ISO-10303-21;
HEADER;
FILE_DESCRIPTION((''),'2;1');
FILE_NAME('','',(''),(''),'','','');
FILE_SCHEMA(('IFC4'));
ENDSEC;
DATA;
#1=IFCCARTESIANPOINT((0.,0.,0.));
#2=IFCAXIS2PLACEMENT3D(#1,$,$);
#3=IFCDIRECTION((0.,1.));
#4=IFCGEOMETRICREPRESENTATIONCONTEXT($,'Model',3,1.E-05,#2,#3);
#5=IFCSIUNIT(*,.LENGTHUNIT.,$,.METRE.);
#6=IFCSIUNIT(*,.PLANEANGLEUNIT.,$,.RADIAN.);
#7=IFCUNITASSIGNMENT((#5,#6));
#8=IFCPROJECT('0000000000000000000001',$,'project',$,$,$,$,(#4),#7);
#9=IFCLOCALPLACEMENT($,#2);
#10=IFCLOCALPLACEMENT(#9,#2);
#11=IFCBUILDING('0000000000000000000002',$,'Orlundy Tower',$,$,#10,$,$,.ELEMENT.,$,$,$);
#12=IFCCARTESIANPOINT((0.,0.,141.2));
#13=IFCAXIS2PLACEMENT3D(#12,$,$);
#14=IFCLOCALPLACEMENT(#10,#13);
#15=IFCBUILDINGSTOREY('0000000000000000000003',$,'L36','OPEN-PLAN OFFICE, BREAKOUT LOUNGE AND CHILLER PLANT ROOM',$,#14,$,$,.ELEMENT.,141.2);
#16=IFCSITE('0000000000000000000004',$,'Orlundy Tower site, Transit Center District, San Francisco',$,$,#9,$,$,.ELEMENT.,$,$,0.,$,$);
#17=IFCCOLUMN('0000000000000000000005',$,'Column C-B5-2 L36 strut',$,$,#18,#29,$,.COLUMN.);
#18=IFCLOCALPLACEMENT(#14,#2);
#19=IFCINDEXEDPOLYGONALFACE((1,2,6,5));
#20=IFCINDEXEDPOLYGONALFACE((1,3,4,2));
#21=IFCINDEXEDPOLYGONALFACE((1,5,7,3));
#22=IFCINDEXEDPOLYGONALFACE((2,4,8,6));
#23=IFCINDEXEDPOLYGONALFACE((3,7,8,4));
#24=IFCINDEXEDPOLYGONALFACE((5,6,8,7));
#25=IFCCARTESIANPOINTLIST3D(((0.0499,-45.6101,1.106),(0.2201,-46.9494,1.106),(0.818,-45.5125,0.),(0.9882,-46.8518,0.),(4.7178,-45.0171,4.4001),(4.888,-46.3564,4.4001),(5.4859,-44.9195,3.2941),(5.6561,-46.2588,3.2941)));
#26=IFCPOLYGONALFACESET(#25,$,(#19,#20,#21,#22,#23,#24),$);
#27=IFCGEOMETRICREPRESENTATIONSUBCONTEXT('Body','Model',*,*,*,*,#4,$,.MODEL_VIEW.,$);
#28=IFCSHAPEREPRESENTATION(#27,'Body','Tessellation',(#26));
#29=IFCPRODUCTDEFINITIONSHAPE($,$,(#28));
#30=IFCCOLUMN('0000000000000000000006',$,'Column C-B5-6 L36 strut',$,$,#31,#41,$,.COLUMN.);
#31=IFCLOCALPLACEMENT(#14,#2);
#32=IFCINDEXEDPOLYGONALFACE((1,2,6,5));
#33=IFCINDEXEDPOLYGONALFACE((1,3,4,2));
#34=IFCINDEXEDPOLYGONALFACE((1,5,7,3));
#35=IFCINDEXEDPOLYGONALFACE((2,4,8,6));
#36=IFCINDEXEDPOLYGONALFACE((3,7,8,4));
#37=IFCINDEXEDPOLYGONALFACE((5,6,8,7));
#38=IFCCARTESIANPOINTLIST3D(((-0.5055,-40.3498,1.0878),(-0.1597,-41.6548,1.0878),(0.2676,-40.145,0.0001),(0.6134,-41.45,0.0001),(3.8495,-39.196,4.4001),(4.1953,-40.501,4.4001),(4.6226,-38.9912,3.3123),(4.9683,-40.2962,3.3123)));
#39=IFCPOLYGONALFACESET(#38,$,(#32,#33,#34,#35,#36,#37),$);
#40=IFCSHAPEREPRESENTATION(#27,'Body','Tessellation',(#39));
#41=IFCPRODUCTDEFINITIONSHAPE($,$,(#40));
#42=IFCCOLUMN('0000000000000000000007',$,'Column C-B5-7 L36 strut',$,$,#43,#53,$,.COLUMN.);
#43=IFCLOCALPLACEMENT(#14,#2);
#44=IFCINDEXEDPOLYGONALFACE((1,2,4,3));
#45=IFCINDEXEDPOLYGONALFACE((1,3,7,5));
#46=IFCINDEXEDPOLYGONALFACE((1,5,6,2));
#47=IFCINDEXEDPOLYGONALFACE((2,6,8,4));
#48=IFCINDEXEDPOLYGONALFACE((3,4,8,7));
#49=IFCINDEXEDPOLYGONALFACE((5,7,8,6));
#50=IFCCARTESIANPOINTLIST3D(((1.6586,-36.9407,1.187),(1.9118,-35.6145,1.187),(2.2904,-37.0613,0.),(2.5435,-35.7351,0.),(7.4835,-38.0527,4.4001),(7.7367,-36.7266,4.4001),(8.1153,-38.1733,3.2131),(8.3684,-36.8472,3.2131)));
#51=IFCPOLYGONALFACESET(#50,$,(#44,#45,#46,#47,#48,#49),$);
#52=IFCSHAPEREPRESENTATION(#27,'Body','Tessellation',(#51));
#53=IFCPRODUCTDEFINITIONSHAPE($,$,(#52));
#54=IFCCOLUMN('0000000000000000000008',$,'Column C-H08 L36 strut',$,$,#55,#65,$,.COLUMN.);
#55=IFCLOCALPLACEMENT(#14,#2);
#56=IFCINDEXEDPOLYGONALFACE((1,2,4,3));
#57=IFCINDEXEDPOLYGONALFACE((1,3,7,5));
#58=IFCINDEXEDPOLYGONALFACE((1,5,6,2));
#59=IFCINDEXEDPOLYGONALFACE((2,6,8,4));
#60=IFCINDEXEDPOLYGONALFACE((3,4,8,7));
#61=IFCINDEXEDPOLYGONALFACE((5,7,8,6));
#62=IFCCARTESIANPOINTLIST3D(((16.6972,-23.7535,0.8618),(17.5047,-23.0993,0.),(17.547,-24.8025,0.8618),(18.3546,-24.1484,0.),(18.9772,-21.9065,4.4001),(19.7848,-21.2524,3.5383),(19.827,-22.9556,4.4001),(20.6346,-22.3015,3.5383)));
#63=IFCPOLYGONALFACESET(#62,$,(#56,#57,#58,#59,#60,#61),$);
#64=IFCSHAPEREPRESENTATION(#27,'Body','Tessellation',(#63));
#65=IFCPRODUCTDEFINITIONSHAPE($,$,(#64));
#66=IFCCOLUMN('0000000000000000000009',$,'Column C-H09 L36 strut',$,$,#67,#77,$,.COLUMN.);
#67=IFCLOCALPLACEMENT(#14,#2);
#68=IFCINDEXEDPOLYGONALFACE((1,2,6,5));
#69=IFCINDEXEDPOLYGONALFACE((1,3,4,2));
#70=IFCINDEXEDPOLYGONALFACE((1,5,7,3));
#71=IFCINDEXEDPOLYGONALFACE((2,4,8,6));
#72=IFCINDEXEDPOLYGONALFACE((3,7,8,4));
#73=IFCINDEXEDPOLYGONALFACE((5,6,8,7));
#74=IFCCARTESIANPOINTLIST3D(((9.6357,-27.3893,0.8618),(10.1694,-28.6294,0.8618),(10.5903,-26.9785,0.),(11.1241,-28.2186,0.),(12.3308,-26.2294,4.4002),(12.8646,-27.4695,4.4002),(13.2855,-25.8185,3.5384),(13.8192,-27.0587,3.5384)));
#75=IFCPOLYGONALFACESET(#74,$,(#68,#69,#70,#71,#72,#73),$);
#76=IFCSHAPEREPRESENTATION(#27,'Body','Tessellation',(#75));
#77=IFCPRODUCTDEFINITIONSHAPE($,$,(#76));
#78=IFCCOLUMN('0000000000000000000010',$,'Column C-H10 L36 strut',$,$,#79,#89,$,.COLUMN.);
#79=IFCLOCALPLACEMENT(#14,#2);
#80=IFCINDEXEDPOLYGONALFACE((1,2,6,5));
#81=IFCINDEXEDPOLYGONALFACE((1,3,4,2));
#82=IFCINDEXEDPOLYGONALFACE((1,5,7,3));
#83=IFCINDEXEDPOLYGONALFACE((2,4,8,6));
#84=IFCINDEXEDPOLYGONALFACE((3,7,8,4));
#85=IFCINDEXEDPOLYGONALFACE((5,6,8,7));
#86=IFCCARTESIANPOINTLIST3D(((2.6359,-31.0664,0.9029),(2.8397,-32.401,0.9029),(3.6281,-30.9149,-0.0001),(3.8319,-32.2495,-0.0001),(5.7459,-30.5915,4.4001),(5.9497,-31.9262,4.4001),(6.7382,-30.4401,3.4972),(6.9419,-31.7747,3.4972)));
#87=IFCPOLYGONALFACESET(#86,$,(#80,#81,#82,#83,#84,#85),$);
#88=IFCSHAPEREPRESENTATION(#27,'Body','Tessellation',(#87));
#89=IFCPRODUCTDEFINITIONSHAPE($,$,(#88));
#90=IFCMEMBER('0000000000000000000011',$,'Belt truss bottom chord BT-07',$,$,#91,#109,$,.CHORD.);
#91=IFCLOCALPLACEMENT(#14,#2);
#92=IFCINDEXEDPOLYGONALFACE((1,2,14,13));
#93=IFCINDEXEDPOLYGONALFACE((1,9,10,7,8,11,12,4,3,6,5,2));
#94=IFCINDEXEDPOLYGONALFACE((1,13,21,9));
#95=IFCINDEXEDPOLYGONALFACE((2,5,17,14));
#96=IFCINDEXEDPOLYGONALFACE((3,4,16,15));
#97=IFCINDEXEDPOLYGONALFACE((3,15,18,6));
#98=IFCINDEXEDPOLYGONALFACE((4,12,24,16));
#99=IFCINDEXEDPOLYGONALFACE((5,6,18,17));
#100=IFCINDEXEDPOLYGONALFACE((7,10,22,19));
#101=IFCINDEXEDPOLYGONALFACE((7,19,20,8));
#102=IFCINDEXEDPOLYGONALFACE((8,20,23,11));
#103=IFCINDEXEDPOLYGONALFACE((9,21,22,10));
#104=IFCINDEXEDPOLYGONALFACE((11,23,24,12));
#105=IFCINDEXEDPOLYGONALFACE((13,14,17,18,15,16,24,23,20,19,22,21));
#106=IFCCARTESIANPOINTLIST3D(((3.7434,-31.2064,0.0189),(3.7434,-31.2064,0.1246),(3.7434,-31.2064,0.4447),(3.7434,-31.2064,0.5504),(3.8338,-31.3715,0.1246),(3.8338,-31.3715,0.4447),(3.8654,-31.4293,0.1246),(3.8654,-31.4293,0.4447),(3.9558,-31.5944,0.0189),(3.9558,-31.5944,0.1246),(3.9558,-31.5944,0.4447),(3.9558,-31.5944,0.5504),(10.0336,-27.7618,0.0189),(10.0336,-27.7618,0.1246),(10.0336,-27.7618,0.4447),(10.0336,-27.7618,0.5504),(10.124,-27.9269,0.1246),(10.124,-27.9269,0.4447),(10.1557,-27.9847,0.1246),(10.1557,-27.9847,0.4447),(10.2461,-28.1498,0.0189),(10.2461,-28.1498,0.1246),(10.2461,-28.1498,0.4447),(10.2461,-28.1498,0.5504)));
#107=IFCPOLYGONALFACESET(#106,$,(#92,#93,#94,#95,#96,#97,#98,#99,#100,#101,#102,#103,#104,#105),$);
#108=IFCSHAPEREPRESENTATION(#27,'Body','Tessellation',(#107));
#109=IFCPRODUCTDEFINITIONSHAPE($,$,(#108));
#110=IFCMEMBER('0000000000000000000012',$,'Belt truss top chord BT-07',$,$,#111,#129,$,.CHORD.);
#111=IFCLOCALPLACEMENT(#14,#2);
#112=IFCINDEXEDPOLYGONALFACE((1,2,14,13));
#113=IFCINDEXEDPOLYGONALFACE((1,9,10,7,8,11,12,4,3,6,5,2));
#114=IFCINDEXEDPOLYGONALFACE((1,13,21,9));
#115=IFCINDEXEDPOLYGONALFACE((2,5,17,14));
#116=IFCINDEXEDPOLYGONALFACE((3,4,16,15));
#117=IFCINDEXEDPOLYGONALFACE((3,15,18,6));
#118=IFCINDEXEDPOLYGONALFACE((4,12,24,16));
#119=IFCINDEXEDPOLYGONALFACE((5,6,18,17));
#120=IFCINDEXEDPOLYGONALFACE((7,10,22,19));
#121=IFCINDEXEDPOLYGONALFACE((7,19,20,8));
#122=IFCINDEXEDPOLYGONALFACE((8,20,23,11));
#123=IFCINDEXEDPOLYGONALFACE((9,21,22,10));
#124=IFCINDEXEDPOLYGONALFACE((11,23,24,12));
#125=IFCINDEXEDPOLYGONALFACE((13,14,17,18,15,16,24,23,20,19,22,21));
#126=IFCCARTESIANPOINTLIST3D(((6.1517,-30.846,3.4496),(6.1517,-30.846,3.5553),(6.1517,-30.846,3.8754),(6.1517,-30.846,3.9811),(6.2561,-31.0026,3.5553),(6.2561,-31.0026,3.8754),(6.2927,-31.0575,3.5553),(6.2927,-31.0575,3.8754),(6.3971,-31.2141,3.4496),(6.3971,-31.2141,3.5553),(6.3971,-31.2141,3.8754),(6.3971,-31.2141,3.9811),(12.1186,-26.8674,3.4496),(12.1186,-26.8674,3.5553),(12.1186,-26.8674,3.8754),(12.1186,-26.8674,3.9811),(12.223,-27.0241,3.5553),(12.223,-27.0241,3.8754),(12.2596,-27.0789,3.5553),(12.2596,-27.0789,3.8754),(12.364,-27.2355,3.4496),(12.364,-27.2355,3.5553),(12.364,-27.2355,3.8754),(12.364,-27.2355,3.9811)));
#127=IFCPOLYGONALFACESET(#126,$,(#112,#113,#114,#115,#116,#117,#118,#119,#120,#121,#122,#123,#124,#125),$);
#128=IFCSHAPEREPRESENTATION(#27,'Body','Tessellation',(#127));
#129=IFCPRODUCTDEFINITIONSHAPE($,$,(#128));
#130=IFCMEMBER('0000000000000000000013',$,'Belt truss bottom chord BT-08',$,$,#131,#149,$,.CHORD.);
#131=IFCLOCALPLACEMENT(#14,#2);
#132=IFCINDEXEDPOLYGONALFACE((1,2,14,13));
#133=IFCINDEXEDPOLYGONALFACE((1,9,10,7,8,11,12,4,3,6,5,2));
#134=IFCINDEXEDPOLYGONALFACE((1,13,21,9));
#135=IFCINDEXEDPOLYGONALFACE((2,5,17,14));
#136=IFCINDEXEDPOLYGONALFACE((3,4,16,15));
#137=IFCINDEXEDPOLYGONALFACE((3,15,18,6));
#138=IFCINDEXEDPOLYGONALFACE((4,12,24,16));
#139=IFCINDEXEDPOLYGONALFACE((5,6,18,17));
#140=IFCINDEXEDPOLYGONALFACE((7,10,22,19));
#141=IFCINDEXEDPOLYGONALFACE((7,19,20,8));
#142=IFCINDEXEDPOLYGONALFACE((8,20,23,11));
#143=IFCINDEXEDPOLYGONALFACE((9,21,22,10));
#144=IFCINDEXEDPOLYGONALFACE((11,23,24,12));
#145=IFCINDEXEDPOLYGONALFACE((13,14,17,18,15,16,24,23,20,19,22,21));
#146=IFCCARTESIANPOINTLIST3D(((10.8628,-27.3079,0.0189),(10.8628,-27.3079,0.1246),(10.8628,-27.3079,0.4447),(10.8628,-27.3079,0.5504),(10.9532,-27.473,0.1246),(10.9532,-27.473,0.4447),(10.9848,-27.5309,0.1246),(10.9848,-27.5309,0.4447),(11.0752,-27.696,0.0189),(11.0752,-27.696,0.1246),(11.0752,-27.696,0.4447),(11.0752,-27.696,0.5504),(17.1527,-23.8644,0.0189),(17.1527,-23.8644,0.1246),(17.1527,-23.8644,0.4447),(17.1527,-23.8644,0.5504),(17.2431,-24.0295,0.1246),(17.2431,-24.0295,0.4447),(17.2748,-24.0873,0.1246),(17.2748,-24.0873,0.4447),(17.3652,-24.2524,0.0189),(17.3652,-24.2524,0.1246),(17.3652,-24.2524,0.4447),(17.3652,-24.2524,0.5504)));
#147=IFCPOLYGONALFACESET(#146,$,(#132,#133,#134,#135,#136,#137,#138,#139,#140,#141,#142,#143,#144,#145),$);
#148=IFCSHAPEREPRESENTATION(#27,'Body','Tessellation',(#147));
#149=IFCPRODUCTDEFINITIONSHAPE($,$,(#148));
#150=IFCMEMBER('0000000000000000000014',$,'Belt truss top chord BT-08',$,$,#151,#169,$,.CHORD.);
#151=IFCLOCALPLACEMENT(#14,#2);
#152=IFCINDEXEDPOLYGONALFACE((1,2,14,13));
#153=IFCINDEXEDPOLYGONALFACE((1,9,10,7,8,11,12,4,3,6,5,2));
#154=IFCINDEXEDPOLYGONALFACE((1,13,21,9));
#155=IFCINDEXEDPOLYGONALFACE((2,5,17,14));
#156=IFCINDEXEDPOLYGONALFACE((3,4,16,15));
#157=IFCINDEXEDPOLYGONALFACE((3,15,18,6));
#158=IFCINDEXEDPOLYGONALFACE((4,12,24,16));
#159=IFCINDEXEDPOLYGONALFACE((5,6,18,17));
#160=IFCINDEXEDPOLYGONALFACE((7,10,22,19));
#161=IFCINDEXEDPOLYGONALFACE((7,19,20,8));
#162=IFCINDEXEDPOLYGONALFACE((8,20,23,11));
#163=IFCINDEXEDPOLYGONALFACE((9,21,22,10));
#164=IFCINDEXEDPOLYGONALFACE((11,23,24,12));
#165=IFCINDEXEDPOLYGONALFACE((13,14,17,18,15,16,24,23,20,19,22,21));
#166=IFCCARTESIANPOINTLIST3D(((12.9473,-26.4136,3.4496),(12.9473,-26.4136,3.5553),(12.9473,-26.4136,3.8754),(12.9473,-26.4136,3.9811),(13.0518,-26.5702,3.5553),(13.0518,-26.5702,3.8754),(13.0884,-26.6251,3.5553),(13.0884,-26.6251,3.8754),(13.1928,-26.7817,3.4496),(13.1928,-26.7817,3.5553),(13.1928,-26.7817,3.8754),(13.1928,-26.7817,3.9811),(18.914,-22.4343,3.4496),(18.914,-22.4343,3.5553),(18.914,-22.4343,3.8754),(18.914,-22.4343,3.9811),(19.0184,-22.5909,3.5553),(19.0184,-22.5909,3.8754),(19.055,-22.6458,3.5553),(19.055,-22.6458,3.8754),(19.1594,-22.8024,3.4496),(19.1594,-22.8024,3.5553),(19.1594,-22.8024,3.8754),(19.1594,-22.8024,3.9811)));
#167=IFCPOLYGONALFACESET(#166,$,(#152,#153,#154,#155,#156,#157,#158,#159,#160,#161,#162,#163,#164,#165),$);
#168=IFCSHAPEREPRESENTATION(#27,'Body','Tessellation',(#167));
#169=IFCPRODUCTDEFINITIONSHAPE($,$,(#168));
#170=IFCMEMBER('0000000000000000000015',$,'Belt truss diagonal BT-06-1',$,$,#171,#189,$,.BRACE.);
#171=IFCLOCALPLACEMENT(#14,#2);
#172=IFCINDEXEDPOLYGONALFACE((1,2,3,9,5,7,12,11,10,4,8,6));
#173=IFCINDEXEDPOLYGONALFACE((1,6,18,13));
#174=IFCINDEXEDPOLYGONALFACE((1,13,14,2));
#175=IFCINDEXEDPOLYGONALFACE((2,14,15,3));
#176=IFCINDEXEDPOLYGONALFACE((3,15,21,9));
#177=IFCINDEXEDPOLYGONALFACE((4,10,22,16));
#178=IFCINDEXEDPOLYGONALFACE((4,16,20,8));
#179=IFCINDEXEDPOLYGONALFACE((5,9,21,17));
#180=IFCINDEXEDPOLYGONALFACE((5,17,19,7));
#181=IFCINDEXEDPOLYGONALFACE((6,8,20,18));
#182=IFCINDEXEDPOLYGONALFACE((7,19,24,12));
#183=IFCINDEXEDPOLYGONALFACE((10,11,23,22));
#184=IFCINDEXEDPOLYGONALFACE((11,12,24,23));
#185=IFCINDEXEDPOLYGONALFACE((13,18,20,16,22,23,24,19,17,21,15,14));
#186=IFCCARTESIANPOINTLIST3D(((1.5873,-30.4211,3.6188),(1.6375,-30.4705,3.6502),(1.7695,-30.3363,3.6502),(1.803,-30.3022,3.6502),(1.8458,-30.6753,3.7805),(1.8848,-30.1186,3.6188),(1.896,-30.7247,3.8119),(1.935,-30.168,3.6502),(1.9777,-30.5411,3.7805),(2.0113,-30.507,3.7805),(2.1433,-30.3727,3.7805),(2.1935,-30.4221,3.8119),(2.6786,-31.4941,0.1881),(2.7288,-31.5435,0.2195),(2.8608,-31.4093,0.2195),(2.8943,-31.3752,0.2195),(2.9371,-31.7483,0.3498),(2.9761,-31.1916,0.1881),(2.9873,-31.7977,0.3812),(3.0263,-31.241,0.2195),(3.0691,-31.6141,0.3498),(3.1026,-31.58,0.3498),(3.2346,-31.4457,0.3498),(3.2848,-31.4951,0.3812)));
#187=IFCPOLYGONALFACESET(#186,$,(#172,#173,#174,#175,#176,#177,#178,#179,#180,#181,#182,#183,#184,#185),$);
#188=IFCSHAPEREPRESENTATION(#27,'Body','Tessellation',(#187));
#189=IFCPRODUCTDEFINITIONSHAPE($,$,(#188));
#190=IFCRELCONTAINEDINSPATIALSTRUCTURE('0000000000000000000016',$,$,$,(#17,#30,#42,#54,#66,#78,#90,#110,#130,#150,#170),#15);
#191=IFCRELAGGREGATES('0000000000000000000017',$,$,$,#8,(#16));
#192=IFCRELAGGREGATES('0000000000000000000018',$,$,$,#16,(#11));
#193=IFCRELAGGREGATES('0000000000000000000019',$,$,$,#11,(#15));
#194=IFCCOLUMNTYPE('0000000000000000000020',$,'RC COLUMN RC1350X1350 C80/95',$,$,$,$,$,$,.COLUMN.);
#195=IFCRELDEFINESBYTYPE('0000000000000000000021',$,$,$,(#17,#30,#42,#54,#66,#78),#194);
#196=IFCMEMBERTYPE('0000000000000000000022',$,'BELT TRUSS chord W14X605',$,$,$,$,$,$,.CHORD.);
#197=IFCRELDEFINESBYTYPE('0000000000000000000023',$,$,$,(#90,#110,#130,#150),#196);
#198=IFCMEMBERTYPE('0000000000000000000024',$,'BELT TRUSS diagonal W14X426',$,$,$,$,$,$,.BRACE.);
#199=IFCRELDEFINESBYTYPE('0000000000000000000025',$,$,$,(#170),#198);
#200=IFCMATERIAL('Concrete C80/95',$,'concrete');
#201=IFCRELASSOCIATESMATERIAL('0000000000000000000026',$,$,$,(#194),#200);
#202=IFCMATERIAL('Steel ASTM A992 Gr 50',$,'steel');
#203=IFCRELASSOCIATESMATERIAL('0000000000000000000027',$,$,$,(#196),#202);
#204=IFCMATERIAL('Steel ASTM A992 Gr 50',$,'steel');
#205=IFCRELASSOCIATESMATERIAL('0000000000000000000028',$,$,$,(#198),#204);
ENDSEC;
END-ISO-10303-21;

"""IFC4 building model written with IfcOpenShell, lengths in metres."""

from ifc_helpers import new_model, si_unit, direction, frame, origin, origin_2d, place, context, subcontext, project, spatial, rectangle, i_section, extrude, material, material_profile, profile_set, type_object, element, save


model = new_model("IFC4")

# Units and contexts
model_context = context("Model", 3, precision=1e-05, world=origin(), true_north=direction((0.0, 1.0)))
body_context = subcontext(model_context, "Body", "Model", "MODEL_VIEW")
ifc_project = project(units=[si_unit("LENGTHUNIT", "METRE"), si_unit("PLANEANGLEUNIT", "RADIAN")], contexts=[model_context])

# Site, building, storey
site_placement = place(None, origin())
site = spatial("IfcSite", under=ifc_project, at=site_placement, Name="Orlundy Tower site, Transit Center District, San Francisco", CompositionType="ELEMENT", RefElevation=0.0)
building_placement = place(site_placement, origin())
building = spatial("IfcBuilding", under=site, at=building_placement, Name="Orlundy Tower", CompositionType="ELEMENT")
storey_placement = place(building_placement, frame((0.0, 0.0, 141.2)))
storey = spatial("IfcBuildingStorey", under=building, at=storey_placement, Name="L36", Description="OPEN-PLAN OFFICE, BREAKOUT LOUNGE AND CHILLER PLANT ROOM", CompositionType="ELEMENT", Elevation=141.2)

# Columns
ifc_material_1 = material(Name="Concrete C80/95", Category="concrete")
ifc_material_profile_1 = material_profile(ifc_material_1, rectangle(XDim=1.3501, YDim=1.3501, at=origin_2d()), Name="RC1350X1350")
ifc_profile_set_1 = profile_set([ifc_material_profile_1], Name="Concrete C80/95")
column_type = type_object("IfcColumnType", Name="RC COLUMN RC1350X1350 C80/95", PredefinedType="COLUMN", material=ifc_profile_set_1)
column_1_placement = place(storey_placement, frame((0.519, -46.231, 0.553), z_axis=(0.812672, 0.103242, 0.573503), x_axis=(-0.126027, 0.992027, 0.0)))
element("IfcColumn", 1, at=column_1_placement, inside=storey, type_object=column_type, Name="Column C-B5-2 L36 strut", PredefinedType="COLUMN", context=body_context, shape_type="SweptSolid", body=[
    extrude(rectangle(XDim=1.3501, YDim=1.3501, at=origin_2d()), origin(), (0.0, 0.0, 1.0), 5.7439),
])
column_2_placement = place(storey_placement, frame((0.054, -40.8999, 0.5439), z_axis=(0.778816, 0.20634, 0.592342), x_axis=(-0.256104, 0.966649, 0.0)))
element("IfcColumn", 2, at=column_2_placement, inside=storey, type_object=column_type, Name="Column C-B5-6 L36 strut", PredefinedType="COLUMN", context=body_context, shape_type="SweptSolid", body=[
    extrude(rectangle(XDim=1.3501, YDim=1.3501, at=origin_2d()), origin(), (0.0, 0.0, 1.0), 5.5918),
])
column_3_placement = place(storey_placement, frame((2.1011, -36.3379, 0.5935), z_axis=(0.863634, -0.164879, 0.476394), x_axis=(0.187526, 0.98226, 0.0)))
element("IfcColumn", 3, at=column_3_placement, inside=storey, type_object=column_type, Name="Column C-B5-7 L36 strut", PredefinedType="COLUMN", context=body_context, shape_type="SweptSolid", body=[
    extrude(rectangle(XDim=1.3501, YDim=1.3501, at=origin_2d()), origin(), (0.0, 0.0, 1.0), 6.7446),
])
for number, where, z_axis, x_axis, name in (
    (4, (17.5259, -23.9509, 0.4309), (0.496017, 0.401795, 0.769758), (-0.629442, 0.777047, 0.0), "Column C-H08 L36 strut"),
    (5, (10.3799, -27.804, 0.4309), (0.58632, 0.252342, 0.769774), (-0.395325, 0.918541, 0.0), "Column C-H09 L36 strut"),
):
    element("IfcColumn", number, at=place(storey_placement, frame(where, z_axis=z_axis, x_axis=x_axis)), inside=storey, type_object=column_type, Name=name, PredefinedType="COLUMN", context=body_context, shape_type="SweptSolid", body=[
        extrude(rectangle(XDim=1.3501, YDim=1.3501, at=origin_2d()), origin(), (0.0, 0.0, 1.0), 4.5967),
    ])
column_4_placement = place(storey_placement, frame((3.2339, -31.658, 0.4514), z_axis=(0.661135, 0.100943, 0.743446), x_axis=(-0.150932, 0.988544, 0.0)))
element("IfcColumn", 6, at=column_4_placement, inside=storey, type_object=column_type, Name="Column C-H10 L36 strut", PredefinedType="COLUMN", context=body_context, shape_type="SweptSolid", body=[
    extrude(rectangle(XDim=1.3501, YDim=1.3501, at=origin_2d()), origin(), (0.0, 0.0, 1.0), 4.7041),
])

# Members
ifc_material_2 = material(Name="Steel ASTM A992 Gr 50", Category="steel")
ifc_material_profile_2 = material_profile(ifc_material_2, i_section(OverallWidth=0.4424, OverallDepth=0.5315, WebThickness=0.0659, FlangeThickness=0.1057, at=origin_2d()), Name="W14X605")
ifc_profile_set_2 = profile_set([ifc_material_profile_2], Name="Steel ASTM A992 Gr 50")
member_type_1 = type_object("IfcMemberType", Name="BELT TRUSS chord W14X605", PredefinedType="CHORD", material=ifc_profile_set_2)
for number, where, z_axis, x_axis, name in (
    (7, (3.8496, -31.4004, 0.2847), (0.877102, 0.480304, 0.0), (-0.480304, 0.877102, 0.0), "Belt truss bottom chord BT-07"),
    (8, (6.2744, -31.03, 3.7153), (0.832008, 0.554763, 0.0), (-0.554763, 0.832008, 0.0), "Belt truss top chord BT-07"),
):
    element("IfcMember", number, at=place(storey_placement, frame(where, z_axis=z_axis, x_axis=x_axis)), inside=storey, type_object=member_type_1, Name=name, PredefinedType="CHORD", context=body_context, shape_type="SweptSolid", body=[
        extrude(i_section(OverallWidth=0.4424, OverallDepth=0.5315, WebThickness=0.0659, FlangeThickness=0.1057, at=origin_2d()), origin(), (0.0, 0.0, 1.0), 7.1716),
    ])
member_1_placement = place(storey_placement, frame((10.969, -27.502, 0.2847), z_axis=(0.877152, 0.480214, 0.0), x_axis=(-0.480214, 0.877152, 0.0)))
element("IfcMember", 9, at=member_1_placement, inside=storey, type_object=member_type_1, Name="Belt truss bottom chord BT-08", PredefinedType="CHORD", context=body_context, shape_type="SweptSolid", body=[
    extrude(i_section(OverallWidth=0.4424, OverallDepth=0.5315, WebThickness=0.0659, FlangeThickness=0.1057, at=origin_2d()), origin(), (0.0, 0.0, 1.0), 7.1709),
])
member_2_placement = place(storey_placement, frame((13.0701, -26.5977, 3.7153), z_axis=(0.831951, 0.554849, 0.0), x_axis=(-0.554849, 0.831951, 0.0)))
element("IfcMember", 10, at=member_2_placement, inside=storey, type_object=member_type_1, Name="Belt truss top chord BT-08", PredefinedType="CHORD", context=body_context, shape_type="SweptSolid", body=[
    extrude(i_section(OverallWidth=0.4424, OverallDepth=0.5315, WebThickness=0.0659, FlangeThickness=0.1057, at=origin_2d()), origin(), (0.0, 0.0, 1.0), 7.1719),
])
ifc_material_3 = material(Name="Steel ASTM A992 Gr 50", Category="steel")
ifc_material_profile_3 = material_profile(ifc_material_3, i_section(OverallWidth=0.4243, OverallDepth=0.4741, WebThickness=0.0479, FlangeThickness=0.0771, at=origin_2d()), Name="W14X426")
ifc_profile_set_3 = profile_set([ifc_material_profile_3], Name="Steel ASTM A992 Gr 50")
member_type_2 = type_object("IfcMemberType", Name="BELT TRUSS diagonal W14X426", PredefinedType="BRACE", material=ifc_profile_set_3)
member_3_placement = place(storey_placement, frame((1.8904, -30.4216, 3.7153), z_axis=(0.290508, -0.285633, -0.913246), x_axis=(0.701099, 0.713064, 0.0)))
element("IfcMember", 11, at=member_3_placement, inside=storey, type_object=member_type_2, Name="Belt truss diagonal BT-06-1", PredefinedType="BRACE", context=body_context, shape_type="SweptSolid", body=[
    extrude(i_section(OverallWidth=0.4243, OverallDepth=0.4741, WebThickness=0.0479, FlangeThickness=0.0771, at=origin_2d()), origin(), (0.0, 0.0, 1.0), 3.7566),
])

save(model, "model.ifc")
